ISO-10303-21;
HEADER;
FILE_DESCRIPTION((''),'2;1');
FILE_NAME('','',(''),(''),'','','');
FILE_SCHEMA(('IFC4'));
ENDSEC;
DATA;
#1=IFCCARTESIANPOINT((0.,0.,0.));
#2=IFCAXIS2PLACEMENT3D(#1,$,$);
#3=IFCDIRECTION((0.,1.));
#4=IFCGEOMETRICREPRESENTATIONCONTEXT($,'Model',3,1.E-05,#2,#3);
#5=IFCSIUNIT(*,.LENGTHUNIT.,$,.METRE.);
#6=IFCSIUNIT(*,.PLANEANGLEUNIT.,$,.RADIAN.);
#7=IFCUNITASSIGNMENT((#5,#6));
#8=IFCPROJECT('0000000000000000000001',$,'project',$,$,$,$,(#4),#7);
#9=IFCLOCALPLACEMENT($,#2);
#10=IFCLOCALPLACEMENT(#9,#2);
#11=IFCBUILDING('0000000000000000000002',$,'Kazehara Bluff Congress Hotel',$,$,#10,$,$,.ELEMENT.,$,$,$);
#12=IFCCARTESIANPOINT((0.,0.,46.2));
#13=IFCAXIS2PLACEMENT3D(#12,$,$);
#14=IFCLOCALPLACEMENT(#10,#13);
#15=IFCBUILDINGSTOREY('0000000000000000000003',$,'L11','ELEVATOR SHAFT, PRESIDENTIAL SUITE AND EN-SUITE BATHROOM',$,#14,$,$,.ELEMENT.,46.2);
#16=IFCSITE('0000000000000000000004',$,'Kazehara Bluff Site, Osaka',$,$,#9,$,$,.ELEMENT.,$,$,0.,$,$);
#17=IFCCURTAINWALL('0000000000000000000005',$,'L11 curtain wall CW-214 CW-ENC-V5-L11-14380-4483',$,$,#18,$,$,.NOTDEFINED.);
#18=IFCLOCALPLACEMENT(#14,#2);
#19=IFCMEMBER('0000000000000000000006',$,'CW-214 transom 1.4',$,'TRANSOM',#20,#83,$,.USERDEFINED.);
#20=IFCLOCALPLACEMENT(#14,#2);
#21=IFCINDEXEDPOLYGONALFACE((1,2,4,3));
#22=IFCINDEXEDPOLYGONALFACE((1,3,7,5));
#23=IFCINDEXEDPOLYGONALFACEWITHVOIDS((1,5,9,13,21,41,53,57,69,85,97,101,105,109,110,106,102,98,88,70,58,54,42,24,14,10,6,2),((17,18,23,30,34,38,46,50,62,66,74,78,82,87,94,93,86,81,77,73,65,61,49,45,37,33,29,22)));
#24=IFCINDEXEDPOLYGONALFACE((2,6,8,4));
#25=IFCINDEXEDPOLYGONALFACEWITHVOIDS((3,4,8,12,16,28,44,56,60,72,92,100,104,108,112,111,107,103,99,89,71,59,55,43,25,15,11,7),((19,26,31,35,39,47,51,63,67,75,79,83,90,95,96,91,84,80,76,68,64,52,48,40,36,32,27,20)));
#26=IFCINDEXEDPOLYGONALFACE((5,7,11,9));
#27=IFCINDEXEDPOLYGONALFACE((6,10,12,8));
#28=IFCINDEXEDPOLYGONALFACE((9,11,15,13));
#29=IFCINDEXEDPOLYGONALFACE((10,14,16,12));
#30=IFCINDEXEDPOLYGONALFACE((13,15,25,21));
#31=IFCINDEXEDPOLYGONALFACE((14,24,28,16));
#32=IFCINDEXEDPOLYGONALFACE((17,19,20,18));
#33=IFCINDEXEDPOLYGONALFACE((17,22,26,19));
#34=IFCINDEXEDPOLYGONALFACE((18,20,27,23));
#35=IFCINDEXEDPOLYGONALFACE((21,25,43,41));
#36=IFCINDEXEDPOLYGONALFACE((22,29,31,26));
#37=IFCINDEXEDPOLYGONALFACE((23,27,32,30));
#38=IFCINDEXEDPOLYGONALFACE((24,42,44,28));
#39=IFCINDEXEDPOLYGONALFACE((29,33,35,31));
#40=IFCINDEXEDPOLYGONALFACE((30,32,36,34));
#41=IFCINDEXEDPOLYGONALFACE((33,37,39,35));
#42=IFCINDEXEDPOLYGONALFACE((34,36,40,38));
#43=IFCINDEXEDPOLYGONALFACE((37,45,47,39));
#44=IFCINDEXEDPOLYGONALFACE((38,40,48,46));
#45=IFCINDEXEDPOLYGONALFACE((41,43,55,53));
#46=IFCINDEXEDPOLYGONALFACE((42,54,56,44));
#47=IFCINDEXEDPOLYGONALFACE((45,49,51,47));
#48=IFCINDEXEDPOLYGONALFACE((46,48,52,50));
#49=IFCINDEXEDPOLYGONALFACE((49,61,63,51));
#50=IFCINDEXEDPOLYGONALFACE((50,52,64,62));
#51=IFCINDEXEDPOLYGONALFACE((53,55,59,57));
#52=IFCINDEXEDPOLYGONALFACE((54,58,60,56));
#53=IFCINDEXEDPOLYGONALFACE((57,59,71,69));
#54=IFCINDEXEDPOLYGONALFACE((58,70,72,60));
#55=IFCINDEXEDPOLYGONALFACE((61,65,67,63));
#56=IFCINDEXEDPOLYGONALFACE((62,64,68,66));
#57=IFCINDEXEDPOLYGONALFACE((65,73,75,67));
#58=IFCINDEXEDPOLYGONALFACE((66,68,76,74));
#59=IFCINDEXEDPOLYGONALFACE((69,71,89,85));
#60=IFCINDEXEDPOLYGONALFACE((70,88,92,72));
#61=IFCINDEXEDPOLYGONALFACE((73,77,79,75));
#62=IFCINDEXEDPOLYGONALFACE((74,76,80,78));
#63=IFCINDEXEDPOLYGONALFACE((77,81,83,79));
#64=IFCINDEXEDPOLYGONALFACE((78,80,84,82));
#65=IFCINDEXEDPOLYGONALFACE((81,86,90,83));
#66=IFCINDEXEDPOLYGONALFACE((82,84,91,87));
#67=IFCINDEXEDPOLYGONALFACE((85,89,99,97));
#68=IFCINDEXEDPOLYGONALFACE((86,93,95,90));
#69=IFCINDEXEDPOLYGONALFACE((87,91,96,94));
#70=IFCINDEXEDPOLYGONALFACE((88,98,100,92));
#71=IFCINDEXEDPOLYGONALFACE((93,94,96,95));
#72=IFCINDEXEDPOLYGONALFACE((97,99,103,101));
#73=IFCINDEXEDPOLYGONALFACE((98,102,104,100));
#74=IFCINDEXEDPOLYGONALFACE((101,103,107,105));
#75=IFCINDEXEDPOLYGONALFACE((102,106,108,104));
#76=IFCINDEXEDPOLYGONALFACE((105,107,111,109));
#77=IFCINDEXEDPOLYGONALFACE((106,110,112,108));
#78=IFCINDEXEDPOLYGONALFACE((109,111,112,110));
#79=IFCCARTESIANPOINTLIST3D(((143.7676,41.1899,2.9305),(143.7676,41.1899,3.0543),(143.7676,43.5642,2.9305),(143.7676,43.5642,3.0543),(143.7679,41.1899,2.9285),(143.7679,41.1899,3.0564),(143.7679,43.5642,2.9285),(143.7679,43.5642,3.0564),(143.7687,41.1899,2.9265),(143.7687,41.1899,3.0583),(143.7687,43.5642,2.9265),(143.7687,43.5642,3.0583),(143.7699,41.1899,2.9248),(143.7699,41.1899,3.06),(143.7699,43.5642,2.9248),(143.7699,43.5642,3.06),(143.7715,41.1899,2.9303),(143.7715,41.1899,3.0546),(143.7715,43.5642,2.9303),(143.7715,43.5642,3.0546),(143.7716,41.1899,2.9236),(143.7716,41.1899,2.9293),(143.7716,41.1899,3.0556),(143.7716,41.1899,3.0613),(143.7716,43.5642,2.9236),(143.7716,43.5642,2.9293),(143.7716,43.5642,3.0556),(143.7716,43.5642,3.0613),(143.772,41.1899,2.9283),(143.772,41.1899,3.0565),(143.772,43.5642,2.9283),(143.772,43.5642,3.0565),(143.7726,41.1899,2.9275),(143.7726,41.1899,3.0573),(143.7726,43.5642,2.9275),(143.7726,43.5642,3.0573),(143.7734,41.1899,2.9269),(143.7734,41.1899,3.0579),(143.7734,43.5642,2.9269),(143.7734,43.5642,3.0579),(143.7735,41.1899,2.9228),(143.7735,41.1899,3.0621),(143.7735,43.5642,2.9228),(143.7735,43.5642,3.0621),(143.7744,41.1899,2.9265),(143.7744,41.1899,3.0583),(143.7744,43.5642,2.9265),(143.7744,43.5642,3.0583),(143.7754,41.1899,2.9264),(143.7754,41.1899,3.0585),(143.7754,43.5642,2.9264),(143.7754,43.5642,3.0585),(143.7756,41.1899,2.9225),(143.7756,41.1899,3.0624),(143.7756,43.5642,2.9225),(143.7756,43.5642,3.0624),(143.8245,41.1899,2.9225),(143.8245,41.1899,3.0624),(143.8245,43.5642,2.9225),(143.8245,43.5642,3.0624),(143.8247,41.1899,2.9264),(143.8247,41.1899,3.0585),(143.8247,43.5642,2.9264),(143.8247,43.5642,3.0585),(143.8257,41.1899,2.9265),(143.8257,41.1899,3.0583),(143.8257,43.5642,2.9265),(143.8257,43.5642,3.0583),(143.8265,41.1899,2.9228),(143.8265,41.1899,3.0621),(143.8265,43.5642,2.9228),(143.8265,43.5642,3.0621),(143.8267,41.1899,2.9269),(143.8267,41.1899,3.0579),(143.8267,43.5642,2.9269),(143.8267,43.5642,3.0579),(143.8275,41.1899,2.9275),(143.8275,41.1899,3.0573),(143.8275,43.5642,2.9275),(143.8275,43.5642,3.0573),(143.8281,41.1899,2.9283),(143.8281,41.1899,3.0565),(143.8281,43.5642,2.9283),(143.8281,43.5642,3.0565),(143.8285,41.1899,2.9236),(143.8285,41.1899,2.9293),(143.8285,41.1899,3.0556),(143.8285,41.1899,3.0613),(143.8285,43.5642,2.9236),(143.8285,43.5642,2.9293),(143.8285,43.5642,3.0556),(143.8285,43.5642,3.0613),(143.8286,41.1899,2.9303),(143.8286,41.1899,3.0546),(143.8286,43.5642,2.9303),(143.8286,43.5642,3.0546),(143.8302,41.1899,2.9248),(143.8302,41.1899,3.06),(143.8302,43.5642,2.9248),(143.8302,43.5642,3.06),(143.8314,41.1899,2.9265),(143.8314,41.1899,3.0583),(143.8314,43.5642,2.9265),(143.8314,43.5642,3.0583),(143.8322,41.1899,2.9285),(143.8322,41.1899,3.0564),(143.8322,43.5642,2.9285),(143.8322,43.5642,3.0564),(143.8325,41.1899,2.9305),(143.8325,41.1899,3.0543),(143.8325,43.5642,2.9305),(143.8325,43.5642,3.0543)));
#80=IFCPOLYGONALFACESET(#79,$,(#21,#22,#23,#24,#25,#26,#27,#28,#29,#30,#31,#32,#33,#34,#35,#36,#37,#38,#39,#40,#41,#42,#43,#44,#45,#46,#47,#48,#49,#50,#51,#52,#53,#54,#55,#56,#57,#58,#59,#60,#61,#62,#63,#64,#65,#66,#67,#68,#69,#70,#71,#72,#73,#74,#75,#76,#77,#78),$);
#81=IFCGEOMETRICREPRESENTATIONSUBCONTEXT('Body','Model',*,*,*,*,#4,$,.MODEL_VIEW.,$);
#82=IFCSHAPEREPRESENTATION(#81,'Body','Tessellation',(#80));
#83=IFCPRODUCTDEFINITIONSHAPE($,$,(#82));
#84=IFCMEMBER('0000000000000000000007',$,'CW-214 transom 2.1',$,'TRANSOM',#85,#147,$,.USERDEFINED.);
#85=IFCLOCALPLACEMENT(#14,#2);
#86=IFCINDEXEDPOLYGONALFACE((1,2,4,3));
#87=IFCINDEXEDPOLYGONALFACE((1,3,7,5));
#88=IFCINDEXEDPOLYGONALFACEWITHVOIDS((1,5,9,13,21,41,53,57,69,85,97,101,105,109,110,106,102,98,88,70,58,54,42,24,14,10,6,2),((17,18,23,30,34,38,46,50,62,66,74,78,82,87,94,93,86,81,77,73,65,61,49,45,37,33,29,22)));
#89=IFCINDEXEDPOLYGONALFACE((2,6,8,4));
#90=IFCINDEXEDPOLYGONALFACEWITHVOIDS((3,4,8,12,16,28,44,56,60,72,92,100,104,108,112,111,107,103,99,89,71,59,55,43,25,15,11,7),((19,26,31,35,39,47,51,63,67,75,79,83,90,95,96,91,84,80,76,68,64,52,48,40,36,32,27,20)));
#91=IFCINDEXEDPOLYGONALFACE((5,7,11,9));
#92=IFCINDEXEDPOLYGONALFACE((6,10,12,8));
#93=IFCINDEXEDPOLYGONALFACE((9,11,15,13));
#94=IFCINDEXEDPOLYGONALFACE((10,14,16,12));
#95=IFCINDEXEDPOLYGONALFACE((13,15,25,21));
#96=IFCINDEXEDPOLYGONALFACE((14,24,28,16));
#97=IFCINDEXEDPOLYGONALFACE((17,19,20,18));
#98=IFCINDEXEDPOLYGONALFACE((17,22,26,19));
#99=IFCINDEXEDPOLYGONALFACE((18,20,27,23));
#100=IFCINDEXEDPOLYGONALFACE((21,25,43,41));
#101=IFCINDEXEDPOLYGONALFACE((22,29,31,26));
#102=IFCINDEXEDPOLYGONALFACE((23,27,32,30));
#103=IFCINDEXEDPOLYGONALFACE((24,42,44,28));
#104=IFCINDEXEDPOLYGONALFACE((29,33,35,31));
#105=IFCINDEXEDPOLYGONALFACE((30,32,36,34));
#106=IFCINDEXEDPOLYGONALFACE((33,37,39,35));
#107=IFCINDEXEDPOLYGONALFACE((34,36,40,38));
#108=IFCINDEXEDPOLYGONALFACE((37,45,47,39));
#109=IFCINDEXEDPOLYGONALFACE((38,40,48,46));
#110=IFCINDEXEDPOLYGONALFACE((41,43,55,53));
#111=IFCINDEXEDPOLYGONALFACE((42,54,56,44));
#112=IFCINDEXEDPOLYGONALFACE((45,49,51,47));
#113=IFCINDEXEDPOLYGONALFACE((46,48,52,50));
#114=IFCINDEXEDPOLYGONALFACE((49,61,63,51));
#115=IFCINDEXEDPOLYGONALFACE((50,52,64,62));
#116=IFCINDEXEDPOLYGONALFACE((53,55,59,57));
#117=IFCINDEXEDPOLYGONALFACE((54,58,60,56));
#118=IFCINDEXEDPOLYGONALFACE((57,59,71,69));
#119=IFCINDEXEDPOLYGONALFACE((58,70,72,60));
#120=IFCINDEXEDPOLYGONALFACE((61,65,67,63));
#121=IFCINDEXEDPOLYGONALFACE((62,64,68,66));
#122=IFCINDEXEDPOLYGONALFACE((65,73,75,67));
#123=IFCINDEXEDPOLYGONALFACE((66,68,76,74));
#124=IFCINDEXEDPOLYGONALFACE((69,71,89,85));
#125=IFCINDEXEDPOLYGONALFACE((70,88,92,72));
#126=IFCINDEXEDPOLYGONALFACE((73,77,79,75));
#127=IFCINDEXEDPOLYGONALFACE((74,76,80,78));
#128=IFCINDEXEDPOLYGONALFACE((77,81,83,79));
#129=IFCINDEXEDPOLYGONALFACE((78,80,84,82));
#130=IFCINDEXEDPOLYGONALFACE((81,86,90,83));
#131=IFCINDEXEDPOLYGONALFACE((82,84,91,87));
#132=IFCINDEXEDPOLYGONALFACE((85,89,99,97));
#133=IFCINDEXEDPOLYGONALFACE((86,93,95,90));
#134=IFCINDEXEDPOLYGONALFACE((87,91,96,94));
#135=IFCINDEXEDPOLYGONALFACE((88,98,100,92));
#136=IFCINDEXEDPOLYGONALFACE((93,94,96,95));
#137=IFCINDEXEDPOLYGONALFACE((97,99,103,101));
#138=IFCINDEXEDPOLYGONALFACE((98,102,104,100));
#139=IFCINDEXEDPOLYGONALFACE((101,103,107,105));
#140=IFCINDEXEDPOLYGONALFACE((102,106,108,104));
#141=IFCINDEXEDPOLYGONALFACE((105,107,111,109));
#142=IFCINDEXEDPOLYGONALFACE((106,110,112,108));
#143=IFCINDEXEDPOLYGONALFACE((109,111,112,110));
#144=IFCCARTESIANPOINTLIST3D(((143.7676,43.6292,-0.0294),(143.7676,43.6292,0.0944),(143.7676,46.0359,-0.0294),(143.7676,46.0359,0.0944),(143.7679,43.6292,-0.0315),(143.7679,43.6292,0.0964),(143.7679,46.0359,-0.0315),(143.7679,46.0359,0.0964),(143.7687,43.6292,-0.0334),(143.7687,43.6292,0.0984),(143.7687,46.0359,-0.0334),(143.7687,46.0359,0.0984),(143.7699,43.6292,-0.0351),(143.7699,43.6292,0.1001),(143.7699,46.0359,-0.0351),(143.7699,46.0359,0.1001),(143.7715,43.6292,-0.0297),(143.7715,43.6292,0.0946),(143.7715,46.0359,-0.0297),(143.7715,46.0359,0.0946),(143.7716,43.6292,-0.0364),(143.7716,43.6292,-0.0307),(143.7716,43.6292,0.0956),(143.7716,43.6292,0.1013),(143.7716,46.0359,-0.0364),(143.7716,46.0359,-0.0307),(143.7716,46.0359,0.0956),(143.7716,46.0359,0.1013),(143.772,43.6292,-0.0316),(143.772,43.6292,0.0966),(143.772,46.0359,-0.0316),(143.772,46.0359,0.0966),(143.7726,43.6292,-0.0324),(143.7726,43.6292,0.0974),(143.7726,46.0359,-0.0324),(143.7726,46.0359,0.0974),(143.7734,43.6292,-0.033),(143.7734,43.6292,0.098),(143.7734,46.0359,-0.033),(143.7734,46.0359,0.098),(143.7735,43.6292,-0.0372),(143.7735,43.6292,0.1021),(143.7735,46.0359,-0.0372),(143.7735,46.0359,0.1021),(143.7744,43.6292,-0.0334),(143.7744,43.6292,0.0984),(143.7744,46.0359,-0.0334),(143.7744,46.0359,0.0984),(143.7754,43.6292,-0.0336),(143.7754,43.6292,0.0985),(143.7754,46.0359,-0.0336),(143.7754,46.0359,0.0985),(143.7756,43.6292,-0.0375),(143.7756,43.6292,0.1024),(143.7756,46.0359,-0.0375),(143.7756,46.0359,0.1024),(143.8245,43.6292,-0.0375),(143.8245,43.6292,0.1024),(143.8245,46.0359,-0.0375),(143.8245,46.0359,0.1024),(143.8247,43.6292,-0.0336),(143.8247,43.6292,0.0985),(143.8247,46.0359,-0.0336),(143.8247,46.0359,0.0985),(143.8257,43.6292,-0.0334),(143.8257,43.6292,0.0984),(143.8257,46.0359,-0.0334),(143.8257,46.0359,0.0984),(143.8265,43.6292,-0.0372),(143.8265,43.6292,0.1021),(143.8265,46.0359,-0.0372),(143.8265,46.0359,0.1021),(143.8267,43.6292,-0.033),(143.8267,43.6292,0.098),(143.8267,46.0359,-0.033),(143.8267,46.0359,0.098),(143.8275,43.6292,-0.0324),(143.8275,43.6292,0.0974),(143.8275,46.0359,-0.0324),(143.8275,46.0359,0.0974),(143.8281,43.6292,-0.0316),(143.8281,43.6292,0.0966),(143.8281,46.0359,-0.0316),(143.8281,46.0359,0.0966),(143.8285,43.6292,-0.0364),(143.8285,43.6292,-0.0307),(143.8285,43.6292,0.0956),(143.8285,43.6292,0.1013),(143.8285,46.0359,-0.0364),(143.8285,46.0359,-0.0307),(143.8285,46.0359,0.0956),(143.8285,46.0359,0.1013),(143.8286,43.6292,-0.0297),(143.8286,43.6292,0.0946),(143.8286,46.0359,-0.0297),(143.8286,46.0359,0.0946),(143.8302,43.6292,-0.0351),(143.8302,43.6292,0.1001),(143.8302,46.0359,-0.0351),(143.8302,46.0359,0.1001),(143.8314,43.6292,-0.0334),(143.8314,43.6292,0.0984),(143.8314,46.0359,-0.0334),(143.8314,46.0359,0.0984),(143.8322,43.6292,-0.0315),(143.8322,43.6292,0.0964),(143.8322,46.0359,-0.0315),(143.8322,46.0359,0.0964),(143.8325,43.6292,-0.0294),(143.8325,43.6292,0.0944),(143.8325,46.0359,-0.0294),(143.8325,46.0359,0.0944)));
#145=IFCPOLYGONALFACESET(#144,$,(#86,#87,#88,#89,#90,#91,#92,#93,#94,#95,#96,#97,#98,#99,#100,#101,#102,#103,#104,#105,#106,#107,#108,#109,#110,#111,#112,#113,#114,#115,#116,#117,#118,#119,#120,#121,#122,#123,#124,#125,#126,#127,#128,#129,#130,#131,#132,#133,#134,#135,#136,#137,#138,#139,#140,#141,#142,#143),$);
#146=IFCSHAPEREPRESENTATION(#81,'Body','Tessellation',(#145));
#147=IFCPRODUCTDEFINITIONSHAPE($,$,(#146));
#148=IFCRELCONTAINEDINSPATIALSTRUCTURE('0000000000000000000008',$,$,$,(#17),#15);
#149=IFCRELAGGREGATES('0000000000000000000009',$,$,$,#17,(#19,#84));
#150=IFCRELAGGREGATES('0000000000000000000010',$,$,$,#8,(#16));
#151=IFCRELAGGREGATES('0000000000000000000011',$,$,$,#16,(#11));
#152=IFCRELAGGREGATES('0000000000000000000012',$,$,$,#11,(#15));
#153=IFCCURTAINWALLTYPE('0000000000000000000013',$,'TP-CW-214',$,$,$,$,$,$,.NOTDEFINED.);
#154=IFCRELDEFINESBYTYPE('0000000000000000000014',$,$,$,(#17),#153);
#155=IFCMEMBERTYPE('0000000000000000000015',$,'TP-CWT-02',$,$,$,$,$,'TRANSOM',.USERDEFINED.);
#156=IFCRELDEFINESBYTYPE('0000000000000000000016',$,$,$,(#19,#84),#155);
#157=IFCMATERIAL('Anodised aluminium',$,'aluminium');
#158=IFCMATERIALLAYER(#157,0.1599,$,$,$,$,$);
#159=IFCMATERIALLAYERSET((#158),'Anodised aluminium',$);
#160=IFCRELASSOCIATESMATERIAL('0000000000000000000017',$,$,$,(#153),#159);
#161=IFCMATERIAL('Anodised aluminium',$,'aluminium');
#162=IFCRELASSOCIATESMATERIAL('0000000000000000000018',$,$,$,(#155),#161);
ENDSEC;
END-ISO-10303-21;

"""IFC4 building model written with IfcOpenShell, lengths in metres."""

from ifc_helpers import new_model, si_unit, direction, frame, origin, origin_2d, place, context, subcontext, project, spatial, hollow_rectangle, extrude, material, layer, layer_set, material_profile, profile_set, type_object, element, aggregate, save


model = new_model("IFC4")

# Units and contexts
model_context = context("Model", 3, precision=1e-05, world=origin(), true_north=direction((0.0, 1.0)))
body_context = subcontext(model_context, "Body", "Model", "MODEL_VIEW")
ifc_project = project(units=[si_unit("LENGTHUNIT", "METRE"), si_unit("PLANEANGLEUNIT", "RADIAN")], contexts=[model_context])

# Site, building, storey
site_placement = place(None, origin())
site = spatial("IfcSite", under=ifc_project, at=site_placement, Name="Kazehara Bluff Site, Osaka", CompositionType="ELEMENT", RefElevation=0.0)
building_placement = place(site_placement, origin())
building = spatial("IfcBuilding", under=site, at=building_placement, Name="Kazehara Bluff Congress Hotel", CompositionType="ELEMENT")
storey_placement = place(building_placement, frame((0.0, 0.0, 46.2)))
storey = spatial("IfcBuildingStorey", under=building, at=storey_placement, Name="L11", Description="ELEVATOR SHAFT, PRESIDENTIAL SUITE AND EN-SUITE BATHROOM", CompositionType="ELEMENT", Elevation=46.2)

# Curtain wall, members
ifc_material_1 = material(Name="Anodised aluminium", Category="aluminium")
ifc_layer_1 = layer(ifc_material_1, 0.1599)
ifc_layer_set_1 = layer_set([ifc_layer_1], Name="Anodised aluminium")
curtain_wall_type_1 = type_object("IfcCurtainWallType", Name="TP-CW-214", PredefinedType="NOTDEFINED", material=ifc_layer_set_1)
curtain_wall_1_placement = place(storey_placement, origin())
curtain_wall_1 = element("IfcCurtainWall", 1, at=curtain_wall_1_placement, inside=storey, type_object=curtain_wall_type_1, Name="L11 curtain wall CW-214 CW-ENC-V5-L11-14380-4483", PredefinedType="NOTDEFINED")
ifc_material_2 = material(Name="Anodised aluminium", Category="aluminium")
ifc_material_profile_1 = material_profile(ifc_material_2, hollow_rectangle(XDim=0.0649, YDim=0.1399, WallThickness=0.0039, InnerFilletRadius=0.0039, OuterFilletRadius=0.0081, at=origin_2d()))
ifc_profile_set_1 = profile_set([ifc_material_profile_1], Name="Anodised aluminium")
member_type_1 = type_object("IfcMemberType", Name="TP-CWT-02", ElementType="TRANSOM", PredefinedType="USERDEFINED", material=ifc_profile_set_1)
member_1_placement = place(storey_placement, frame((143.8, 41.1899, 2.9924), z_axis=(0.0, 1.0, 0.0), x_axis=(-1.0, 0.0, 0.0)))
member_1 = element("IfcMember", 2, at=member_1_placement, type_object=member_type_1, Name="CW-214 transom 1.4", ObjectType="TRANSOM", PredefinedType="USERDEFINED", context=body_context, shape_type="SweptSolid", body=[
    extrude(hollow_rectangle(XDim=0.0649, YDim=0.1399, WallThickness=0.0039, InnerFilletRadius=0.0039, OuterFilletRadius=0.0081, at=origin_2d()), origin(), (0.0, 0.0, 1.0), 2.3743),
])
member_2_placement = place(storey_placement, frame((143.8, 43.6292, 0.0325), z_axis=(0.0, 1.0, 0.0), x_axis=(-1.0, 0.0, 0.0)))
member_2 = element("IfcMember", 3, at=member_2_placement, type_object=member_type_1, Name="CW-214 transom 2.1", ObjectType="TRANSOM", PredefinedType="USERDEFINED", context=body_context, shape_type="SweptSolid", body=[
    extrude(hollow_rectangle(XDim=0.0649, YDim=0.1399, WallThickness=0.0039, InnerFilletRadius=0.0039, OuterFilletRadius=0.0081, at=origin_2d()), origin(), (0.0, 0.0, 1.0), 2.4067),
])

aggregate(curtain_wall_1, [member_1, member_2])

save(model, "model.ifc")
